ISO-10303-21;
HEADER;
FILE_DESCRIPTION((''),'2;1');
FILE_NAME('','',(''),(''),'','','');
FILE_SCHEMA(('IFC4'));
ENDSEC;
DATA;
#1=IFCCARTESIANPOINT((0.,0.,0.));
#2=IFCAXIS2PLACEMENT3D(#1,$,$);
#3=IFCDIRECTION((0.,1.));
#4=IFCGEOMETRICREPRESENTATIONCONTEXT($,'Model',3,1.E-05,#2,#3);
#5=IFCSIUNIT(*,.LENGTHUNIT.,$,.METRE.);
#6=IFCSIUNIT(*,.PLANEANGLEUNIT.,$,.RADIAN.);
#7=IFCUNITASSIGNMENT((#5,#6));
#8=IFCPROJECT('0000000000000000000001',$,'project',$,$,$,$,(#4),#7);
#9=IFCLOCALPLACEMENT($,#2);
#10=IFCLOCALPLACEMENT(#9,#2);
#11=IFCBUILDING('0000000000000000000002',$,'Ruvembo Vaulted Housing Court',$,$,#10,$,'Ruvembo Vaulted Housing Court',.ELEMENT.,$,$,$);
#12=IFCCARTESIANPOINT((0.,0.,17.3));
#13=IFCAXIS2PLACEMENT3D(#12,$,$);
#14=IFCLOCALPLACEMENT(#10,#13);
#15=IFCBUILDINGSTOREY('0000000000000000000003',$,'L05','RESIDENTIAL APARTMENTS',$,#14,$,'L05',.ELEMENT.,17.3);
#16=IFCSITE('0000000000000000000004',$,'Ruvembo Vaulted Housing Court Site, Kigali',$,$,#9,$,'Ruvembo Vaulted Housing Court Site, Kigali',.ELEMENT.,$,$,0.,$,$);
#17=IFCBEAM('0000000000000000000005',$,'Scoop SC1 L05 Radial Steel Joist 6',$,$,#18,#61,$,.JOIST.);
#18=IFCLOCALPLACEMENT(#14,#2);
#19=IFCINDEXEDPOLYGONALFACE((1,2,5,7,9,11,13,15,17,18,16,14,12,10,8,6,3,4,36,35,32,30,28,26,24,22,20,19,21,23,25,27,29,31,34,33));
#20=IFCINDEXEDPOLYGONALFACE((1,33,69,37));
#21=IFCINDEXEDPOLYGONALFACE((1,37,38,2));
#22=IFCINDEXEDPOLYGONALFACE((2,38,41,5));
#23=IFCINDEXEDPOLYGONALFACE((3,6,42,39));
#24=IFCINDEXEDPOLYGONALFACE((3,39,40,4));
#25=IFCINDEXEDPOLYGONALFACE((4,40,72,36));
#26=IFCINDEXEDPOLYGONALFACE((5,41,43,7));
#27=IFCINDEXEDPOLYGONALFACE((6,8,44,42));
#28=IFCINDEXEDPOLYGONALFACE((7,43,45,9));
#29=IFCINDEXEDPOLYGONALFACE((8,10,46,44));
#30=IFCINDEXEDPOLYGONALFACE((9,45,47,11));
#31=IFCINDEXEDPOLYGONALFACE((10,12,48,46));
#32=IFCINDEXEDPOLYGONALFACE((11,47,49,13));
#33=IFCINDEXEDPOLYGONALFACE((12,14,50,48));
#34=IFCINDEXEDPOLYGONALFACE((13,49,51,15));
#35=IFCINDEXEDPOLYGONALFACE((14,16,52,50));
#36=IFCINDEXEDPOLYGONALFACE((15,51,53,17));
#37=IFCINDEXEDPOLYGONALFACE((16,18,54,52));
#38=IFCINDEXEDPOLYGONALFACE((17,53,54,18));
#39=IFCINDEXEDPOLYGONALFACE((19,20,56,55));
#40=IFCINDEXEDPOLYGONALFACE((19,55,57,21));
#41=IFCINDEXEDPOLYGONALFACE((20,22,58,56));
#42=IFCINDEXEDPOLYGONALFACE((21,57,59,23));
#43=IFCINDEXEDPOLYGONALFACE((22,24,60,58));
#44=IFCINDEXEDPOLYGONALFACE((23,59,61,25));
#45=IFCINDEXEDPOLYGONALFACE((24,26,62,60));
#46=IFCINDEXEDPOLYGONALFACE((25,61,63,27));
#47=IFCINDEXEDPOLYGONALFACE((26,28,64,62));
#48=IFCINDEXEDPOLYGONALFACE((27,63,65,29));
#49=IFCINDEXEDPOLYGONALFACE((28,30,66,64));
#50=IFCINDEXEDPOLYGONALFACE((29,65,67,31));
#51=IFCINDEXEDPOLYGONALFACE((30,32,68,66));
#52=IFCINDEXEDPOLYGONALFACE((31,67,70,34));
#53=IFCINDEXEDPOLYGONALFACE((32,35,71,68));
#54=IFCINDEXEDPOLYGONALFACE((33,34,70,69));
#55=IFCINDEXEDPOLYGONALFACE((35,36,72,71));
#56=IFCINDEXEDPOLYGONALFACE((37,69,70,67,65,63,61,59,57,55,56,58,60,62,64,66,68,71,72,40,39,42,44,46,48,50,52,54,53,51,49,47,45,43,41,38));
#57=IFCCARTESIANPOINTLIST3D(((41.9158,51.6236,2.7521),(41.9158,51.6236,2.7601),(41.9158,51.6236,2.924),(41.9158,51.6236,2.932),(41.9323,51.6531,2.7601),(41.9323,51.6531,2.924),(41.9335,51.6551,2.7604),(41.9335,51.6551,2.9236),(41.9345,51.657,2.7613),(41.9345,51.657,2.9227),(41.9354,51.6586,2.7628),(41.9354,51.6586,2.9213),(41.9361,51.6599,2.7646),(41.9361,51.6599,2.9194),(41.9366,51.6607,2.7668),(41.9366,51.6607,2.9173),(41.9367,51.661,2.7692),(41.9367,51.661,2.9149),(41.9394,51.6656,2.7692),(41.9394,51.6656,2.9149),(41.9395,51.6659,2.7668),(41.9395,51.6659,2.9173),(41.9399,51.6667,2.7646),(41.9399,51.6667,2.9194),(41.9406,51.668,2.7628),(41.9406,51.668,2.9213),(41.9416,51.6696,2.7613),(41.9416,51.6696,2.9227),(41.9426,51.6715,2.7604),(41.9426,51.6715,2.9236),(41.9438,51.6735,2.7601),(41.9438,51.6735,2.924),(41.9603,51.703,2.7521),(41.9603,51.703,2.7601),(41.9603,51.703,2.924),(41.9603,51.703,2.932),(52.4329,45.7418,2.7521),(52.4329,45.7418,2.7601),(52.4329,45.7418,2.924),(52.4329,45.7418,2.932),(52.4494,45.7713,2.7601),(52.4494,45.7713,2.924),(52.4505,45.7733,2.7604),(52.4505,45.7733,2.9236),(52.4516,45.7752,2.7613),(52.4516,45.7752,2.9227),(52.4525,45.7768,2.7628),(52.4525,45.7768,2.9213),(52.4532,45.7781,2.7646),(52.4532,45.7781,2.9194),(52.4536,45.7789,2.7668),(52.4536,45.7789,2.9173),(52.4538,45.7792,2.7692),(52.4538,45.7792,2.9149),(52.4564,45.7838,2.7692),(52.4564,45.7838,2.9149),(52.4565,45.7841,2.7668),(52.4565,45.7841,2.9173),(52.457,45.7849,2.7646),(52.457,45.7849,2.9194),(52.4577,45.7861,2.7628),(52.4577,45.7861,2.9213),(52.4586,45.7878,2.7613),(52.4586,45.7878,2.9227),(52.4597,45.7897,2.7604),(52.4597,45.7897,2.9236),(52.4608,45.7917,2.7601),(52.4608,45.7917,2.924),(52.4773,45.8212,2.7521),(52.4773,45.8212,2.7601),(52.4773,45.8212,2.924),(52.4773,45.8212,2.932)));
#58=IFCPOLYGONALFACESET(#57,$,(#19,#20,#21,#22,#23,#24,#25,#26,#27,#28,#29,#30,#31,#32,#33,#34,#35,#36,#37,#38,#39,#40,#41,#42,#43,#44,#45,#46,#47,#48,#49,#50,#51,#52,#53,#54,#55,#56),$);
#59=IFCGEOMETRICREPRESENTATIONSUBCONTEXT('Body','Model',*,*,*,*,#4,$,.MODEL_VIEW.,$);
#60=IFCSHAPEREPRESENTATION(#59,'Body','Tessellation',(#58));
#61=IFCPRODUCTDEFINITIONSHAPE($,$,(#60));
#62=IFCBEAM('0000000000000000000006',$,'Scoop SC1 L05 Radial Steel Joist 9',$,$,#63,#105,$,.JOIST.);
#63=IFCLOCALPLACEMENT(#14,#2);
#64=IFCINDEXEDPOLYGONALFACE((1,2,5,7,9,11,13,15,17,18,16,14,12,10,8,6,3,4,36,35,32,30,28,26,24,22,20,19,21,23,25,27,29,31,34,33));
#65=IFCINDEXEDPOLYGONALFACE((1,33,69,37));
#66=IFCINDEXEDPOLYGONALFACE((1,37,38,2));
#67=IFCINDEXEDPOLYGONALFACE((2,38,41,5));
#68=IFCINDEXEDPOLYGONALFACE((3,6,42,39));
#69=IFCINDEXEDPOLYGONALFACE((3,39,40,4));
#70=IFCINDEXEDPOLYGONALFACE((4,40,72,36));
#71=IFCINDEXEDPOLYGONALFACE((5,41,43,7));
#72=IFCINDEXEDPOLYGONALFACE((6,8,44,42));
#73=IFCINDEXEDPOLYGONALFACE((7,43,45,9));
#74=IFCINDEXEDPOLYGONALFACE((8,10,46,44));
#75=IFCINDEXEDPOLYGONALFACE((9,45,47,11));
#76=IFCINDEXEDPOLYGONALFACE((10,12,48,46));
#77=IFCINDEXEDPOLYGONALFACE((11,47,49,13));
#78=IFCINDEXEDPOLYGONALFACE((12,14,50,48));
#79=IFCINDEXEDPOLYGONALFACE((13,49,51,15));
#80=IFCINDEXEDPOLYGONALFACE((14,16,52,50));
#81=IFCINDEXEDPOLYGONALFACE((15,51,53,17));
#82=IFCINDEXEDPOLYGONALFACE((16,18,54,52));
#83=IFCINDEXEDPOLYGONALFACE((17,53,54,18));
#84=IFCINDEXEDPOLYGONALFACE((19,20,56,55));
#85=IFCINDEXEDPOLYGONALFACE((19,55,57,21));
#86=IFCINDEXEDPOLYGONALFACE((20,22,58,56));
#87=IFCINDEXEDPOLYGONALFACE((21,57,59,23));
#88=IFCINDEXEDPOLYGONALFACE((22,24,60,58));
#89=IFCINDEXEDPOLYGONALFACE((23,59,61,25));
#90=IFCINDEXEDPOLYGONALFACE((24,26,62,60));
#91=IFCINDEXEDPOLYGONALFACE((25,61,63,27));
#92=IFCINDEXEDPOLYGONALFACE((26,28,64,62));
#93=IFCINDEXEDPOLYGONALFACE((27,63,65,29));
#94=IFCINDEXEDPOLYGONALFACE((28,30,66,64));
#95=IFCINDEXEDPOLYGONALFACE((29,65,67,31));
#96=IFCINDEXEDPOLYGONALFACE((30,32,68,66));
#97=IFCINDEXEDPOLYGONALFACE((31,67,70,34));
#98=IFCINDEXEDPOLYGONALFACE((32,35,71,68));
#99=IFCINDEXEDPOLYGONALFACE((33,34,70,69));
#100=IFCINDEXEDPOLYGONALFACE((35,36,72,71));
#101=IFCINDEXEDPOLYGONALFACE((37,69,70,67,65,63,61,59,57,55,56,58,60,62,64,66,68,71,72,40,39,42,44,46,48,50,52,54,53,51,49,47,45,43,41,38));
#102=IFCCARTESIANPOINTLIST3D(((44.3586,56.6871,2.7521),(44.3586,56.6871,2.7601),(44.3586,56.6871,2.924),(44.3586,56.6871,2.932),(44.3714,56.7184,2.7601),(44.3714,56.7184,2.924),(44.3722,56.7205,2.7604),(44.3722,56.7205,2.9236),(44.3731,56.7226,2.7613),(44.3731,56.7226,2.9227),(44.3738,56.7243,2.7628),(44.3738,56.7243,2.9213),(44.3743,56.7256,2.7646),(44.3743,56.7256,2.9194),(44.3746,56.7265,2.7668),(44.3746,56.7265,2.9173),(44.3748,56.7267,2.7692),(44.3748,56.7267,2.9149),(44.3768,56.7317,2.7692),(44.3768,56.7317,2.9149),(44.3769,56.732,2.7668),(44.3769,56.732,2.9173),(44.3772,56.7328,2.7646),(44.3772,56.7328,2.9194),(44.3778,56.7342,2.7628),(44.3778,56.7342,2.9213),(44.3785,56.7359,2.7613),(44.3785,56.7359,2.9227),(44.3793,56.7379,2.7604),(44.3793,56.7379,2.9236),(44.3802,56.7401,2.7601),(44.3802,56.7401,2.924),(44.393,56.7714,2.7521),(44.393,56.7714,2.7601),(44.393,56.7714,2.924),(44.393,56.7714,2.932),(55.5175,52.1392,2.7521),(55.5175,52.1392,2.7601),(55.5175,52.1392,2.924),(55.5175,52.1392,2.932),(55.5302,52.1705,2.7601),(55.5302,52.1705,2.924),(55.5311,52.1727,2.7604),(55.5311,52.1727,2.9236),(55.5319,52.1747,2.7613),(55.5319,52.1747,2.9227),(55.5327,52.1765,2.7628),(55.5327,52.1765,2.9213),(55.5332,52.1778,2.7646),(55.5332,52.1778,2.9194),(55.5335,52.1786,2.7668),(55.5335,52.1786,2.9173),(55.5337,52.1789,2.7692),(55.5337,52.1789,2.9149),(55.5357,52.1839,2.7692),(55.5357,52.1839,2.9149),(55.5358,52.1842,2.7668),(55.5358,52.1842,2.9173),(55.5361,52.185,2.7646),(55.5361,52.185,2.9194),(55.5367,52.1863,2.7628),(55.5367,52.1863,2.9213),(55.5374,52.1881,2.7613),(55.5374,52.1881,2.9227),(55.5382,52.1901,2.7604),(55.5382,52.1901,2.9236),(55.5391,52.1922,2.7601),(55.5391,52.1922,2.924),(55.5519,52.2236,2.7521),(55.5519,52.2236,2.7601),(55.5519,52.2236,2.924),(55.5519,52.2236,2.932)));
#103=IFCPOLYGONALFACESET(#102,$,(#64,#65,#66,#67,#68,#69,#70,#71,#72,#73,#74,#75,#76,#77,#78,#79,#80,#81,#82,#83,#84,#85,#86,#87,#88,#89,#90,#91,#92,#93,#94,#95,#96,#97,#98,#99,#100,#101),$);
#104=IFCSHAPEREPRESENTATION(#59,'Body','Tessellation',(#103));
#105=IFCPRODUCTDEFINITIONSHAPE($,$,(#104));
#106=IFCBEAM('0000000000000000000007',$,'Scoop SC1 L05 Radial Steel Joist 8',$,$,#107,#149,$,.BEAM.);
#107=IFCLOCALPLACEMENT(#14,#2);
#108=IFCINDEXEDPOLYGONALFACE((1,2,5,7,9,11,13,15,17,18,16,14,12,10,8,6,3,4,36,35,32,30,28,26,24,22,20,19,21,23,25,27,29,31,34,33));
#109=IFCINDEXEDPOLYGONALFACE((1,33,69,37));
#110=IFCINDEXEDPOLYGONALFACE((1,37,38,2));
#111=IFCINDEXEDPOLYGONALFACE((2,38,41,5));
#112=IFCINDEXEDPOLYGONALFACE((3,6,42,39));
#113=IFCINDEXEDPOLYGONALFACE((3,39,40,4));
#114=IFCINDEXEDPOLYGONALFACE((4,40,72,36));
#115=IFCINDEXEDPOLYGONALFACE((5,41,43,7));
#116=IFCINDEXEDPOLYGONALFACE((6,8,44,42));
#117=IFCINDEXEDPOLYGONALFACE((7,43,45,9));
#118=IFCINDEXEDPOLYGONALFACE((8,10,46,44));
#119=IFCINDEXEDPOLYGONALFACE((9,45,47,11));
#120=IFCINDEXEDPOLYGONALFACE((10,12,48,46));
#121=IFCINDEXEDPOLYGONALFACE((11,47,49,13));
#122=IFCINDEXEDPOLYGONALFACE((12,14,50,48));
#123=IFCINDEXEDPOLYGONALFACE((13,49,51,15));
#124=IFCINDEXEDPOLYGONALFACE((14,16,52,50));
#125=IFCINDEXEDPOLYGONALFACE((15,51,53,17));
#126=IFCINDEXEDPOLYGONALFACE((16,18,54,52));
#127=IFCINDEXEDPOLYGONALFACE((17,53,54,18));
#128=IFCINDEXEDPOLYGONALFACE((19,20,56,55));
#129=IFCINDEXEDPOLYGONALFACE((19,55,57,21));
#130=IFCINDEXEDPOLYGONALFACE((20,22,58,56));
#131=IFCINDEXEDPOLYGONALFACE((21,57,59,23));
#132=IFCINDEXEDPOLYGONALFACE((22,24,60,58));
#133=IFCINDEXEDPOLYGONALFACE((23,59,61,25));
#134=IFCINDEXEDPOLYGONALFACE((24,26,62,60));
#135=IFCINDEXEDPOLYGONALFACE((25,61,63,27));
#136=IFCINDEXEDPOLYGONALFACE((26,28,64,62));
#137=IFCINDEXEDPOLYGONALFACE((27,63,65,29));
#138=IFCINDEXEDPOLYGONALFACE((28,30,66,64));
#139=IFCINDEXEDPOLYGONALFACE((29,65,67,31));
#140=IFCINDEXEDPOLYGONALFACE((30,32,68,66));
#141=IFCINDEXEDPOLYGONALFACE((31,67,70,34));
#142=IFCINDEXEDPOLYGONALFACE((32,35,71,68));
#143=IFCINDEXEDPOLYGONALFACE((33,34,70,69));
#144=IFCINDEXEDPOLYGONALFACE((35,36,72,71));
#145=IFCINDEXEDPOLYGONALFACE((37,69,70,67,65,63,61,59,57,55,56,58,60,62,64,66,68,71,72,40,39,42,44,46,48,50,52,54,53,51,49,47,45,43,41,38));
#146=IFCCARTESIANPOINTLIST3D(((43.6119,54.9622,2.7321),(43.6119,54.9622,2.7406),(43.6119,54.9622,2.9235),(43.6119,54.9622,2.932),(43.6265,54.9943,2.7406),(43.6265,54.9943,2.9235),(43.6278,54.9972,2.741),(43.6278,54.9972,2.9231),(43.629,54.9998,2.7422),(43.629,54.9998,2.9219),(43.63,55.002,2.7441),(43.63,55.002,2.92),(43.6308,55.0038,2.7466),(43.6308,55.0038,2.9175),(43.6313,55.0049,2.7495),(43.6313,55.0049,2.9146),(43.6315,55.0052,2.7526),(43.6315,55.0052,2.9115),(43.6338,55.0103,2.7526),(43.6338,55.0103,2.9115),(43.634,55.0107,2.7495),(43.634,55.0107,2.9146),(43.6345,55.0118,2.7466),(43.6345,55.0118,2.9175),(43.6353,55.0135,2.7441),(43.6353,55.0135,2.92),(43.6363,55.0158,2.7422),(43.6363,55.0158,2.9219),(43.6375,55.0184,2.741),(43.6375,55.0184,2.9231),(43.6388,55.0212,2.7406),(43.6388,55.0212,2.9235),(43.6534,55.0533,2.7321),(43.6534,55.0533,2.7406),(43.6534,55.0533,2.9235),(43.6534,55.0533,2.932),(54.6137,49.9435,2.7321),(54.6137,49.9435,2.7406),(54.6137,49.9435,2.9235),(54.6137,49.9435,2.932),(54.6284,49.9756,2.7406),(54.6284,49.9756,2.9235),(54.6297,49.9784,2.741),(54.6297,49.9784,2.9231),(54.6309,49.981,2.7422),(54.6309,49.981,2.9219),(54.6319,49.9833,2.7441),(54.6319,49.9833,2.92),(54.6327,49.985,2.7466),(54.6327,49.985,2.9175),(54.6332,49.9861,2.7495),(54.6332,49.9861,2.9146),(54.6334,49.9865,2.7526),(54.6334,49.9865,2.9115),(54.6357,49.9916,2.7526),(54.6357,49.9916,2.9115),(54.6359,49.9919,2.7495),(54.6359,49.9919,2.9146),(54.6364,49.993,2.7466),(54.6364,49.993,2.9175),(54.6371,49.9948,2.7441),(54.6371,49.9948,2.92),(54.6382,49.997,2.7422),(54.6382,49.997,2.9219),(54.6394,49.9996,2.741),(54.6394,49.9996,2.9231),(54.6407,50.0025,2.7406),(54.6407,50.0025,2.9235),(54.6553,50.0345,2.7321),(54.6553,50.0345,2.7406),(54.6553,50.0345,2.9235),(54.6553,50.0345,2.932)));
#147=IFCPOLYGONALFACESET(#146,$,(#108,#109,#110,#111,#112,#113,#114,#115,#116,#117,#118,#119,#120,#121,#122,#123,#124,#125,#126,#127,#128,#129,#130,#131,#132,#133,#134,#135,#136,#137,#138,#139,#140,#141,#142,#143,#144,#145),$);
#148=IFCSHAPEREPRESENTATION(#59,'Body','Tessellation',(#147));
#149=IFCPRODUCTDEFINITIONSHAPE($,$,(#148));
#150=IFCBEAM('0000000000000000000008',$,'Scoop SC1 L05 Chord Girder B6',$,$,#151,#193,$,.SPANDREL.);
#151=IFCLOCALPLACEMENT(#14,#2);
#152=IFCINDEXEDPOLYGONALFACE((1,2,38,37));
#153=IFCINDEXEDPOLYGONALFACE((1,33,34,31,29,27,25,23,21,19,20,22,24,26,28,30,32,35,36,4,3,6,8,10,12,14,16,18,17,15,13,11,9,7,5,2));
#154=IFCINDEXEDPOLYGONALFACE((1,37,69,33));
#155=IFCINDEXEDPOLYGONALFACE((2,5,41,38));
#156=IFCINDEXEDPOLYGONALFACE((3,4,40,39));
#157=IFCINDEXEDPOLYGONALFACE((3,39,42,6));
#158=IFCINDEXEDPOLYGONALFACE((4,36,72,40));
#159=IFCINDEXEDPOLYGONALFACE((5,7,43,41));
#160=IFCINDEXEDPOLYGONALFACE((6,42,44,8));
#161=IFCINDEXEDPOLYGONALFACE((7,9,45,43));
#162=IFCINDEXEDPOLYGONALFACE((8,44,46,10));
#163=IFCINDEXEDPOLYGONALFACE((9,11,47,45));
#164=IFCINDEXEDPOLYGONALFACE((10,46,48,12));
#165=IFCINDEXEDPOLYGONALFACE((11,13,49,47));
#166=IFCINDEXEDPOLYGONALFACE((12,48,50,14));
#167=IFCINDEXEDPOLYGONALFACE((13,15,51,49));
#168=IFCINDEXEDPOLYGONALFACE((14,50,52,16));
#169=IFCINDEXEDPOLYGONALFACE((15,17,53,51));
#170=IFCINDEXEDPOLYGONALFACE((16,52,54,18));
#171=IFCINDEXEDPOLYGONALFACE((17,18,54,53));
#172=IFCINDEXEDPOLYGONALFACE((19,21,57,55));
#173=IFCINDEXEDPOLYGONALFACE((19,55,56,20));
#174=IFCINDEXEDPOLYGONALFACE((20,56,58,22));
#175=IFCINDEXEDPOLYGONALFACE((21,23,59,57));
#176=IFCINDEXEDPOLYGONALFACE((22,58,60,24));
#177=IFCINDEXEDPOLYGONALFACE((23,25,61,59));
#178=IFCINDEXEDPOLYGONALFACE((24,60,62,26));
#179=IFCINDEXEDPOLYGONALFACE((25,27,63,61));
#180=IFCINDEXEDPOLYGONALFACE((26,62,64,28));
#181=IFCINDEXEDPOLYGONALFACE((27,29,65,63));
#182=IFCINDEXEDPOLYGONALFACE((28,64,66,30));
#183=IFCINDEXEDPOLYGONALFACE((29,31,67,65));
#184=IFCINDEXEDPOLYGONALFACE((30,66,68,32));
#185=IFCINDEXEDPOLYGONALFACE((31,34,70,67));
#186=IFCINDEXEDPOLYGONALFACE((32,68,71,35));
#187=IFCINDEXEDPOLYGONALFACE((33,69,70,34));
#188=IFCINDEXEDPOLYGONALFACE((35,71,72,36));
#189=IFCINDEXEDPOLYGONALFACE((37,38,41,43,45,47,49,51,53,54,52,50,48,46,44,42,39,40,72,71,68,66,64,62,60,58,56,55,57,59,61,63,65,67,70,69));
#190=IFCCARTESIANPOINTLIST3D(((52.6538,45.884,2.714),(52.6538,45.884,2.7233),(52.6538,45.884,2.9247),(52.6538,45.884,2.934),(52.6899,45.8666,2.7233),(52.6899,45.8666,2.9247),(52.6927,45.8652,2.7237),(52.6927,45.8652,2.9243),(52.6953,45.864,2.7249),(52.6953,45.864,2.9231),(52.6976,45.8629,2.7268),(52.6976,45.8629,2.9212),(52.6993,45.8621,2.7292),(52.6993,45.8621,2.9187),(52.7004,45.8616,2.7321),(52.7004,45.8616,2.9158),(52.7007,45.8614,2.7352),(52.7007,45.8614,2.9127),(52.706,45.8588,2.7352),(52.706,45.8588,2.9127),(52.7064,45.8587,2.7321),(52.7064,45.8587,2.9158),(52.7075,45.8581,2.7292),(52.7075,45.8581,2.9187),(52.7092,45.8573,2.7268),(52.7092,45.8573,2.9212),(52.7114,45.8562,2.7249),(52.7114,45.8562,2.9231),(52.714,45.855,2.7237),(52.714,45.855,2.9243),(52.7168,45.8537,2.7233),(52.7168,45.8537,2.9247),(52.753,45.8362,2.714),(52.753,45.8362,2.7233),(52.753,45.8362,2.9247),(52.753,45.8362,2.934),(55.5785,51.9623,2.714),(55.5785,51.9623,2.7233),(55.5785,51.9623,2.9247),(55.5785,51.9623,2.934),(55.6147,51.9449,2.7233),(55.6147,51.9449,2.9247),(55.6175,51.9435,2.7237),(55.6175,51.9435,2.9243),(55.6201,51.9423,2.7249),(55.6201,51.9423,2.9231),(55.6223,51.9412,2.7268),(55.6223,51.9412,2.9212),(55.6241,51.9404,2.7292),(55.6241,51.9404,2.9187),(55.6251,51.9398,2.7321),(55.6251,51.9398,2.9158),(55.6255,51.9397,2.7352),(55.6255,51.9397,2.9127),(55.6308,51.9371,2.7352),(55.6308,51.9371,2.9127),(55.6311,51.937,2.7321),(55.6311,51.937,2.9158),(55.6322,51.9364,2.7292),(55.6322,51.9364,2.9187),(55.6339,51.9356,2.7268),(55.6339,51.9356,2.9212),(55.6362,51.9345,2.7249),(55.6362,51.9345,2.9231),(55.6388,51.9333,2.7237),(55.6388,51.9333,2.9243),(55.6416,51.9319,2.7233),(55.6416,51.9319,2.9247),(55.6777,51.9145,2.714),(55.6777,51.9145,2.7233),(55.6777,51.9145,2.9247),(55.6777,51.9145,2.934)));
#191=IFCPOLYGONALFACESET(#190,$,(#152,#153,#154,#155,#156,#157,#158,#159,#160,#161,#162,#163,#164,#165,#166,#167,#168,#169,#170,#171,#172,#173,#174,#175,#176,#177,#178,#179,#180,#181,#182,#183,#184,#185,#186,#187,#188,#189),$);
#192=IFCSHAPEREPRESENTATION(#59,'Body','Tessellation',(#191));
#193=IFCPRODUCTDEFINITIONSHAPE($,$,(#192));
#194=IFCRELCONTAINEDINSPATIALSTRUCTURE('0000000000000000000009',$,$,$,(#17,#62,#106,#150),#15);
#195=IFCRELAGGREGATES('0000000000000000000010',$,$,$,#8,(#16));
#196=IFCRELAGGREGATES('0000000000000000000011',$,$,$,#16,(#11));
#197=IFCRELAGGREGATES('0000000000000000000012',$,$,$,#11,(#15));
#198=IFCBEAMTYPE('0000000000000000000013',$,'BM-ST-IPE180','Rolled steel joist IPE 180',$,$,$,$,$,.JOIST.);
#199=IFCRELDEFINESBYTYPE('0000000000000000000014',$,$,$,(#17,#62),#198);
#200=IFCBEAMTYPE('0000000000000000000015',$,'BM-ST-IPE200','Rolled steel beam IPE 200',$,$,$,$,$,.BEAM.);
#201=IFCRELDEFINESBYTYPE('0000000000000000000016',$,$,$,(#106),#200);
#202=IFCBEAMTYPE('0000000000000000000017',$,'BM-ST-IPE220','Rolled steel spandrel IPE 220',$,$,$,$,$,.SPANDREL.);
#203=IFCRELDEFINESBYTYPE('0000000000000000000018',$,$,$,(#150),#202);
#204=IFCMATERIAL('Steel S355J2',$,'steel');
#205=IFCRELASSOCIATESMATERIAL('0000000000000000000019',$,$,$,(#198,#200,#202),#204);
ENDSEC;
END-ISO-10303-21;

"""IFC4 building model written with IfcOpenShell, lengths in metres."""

from ifc_helpers import new_model, si_unit, direction, frame, origin, origin_2d, place, context, subcontext, project, spatial, i_section, extrude, material, material_profile, profile_set, type_object, element, save


model = new_model("IFC4")

# Units and contexts
model_context = context("Model", 3, precision=1e-05, world=origin(), true_north=direction((0.0, 1.0)))
body_context = subcontext(model_context, "Body", "Model", "MODEL_VIEW")
ifc_project = project(units=[si_unit("LENGTHUNIT", "METRE"), si_unit("PLANEANGLEUNIT", "RADIAN")], contexts=[model_context])

# Site, building, storey
site_placement = place(None, origin())
site = spatial("IfcSite", under=ifc_project, at=site_placement, Name="Ruvembo Vaulted Housing Court Site, Kigali", LongName="Ruvembo Vaulted Housing Court Site, Kigali", CompositionType="ELEMENT", RefElevation=0.0)
building_placement = place(site_placement, origin())
building = spatial("IfcBuilding", under=site, at=building_placement, Name="Ruvembo Vaulted Housing Court", LongName="Ruvembo Vaulted Housing Court", CompositionType="ELEMENT")
storey_placement = place(building_placement, frame((0.0, 0.0, 17.3)))
storey = spatial("IfcBuildingStorey", under=building, at=storey_placement, Name="L05", Description="RESIDENTIAL APARTMENTS", LongName="L05", CompositionType="ELEMENT", Elevation=17.3)

# Beams
ifc_material_1 = material(Name="Steel S355J2", Category="steel")
ifc_material_profile_1 = material_profile(ifc_material_1, i_section(OverallWidth=0.0911, OverallDepth=0.1799, WebThickness=0.0054, FlangeThickness=0.0081, FilletRadius=0.009, at=origin_2d()), Name="IPE 180")
ifc_profile_set_1 = profile_set([ifc_material_profile_1], Name="Steel S355J2")
beam_type_1 = type_object("IfcBeamType", Name="BM-ST-IPE180", Description="Rolled steel joist IPE 180", PredefinedType="JOIST", material=ifc_profile_set_1)
for number, where, z_axis, x_axis, name in (
    (1, (52.4551, 45.7815, 2.842), (-0.87278, 0.488115, 0.0), (-0.488115, -0.87278, 0.0), "Scoop SC1 L05 Radial Steel Joist 6"),
    (2, (55.5347, 52.1814, 2.842), (-0.926045, 0.377412, 0.0), (-0.377412, -0.926045, 0.0), "Scoop SC1 L05 Radial Steel Joist 9"),
):
    element("IfcBeam", number, at=place(storey_placement, frame(where, z_axis=z_axis, x_axis=x_axis)), inside=storey, type_object=beam_type_1, Name=name, PredefinedType="JOIST", context=body_context, shape_type="SweptSolid", body=[
        extrude(i_section(OverallWidth=0.0911, OverallDepth=0.1799, WebThickness=0.0054, FlangeThickness=0.0081, FilletRadius=0.009, at=origin_2d()), origin(), (0.0, 0.0, 1.0), 12.05),
    ])
ifc_material_profile_2 = material_profile(ifc_material_1, i_section(OverallWidth=0.1001, OverallDepth=0.2, WebThickness=0.0056, FlangeThickness=0.0085, FilletRadius=0.012, at=origin_2d()), Name="IPE 200")
ifc_profile_set_2 = profile_set([ifc_material_profile_2], Name="Steel S355J2")
beam_type_2 = type_object("IfcBeamType", Name="BM-ST-IPE200", Description="Rolled steel beam IPE 200", PredefinedType="BEAM", material=ifc_profile_set_2)
beam_placement = place(storey_placement, frame((54.6345, 49.989, 2.832), z_axis=(-0.909808, 0.41503, 0.0), x_axis=(-0.41503, -0.909808, 0.0)))
element("IfcBeam", 3, at=beam_placement, inside=storey, type_object=beam_type_2, Name="Scoop SC1 L05 Radial Steel Joist 8", PredefinedType="BEAM", context=body_context, shape_type="SweptSolid", body=[
    extrude(i_section(OverallWidth=0.1001, OverallDepth=0.2, WebThickness=0.0056, FlangeThickness=0.0085, FilletRadius=0.012, at=origin_2d()), origin(), (0.0, 0.0, 1.0), 12.0925),
])
ifc_material_profile_3 = material_profile(ifc_material_1, i_section(OverallWidth=0.1101, OverallDepth=0.22, WebThickness=0.0059, FlangeThickness=0.0093, FilletRadius=0.012, at=origin_2d()), Name="IPE 220")
ifc_profile_set_3 = profile_set([ifc_material_profile_3], Name="Steel S355J2")
beam_type_3 = type_object("IfcBeamType", Name="BM-ST-IPE220", Description="Rolled steel spandrel IPE 220", PredefinedType="SPANDREL", material=ifc_profile_set_3)
for number, where, z_axis, x_axis, name in (
    (4, (52.7034, 45.8601, 2.824), (0.433597, 0.901107, 0.0), (-0.901107, 0.433597, 0.0), "Scoop SC1 L05 Chord Girder B6"),
):
    element("IfcBeam", number, at=place(storey_placement, frame(where, z_axis=z_axis, x_axis=x_axis)), inside=storey, type_object=beam_type_3, Name=name, PredefinedType="SPANDREL", context=body_context, shape_type="SweptSolid", body=[
        extrude(i_section(OverallWidth=0.1101, OverallDepth=0.22, WebThickness=0.0059, FlangeThickness=0.0093, FilletRadius=0.012, at=origin_2d()), origin(), (0.0, 0.0, 1.0), 6.7454),
    ])

save(model, "model.ifc")
